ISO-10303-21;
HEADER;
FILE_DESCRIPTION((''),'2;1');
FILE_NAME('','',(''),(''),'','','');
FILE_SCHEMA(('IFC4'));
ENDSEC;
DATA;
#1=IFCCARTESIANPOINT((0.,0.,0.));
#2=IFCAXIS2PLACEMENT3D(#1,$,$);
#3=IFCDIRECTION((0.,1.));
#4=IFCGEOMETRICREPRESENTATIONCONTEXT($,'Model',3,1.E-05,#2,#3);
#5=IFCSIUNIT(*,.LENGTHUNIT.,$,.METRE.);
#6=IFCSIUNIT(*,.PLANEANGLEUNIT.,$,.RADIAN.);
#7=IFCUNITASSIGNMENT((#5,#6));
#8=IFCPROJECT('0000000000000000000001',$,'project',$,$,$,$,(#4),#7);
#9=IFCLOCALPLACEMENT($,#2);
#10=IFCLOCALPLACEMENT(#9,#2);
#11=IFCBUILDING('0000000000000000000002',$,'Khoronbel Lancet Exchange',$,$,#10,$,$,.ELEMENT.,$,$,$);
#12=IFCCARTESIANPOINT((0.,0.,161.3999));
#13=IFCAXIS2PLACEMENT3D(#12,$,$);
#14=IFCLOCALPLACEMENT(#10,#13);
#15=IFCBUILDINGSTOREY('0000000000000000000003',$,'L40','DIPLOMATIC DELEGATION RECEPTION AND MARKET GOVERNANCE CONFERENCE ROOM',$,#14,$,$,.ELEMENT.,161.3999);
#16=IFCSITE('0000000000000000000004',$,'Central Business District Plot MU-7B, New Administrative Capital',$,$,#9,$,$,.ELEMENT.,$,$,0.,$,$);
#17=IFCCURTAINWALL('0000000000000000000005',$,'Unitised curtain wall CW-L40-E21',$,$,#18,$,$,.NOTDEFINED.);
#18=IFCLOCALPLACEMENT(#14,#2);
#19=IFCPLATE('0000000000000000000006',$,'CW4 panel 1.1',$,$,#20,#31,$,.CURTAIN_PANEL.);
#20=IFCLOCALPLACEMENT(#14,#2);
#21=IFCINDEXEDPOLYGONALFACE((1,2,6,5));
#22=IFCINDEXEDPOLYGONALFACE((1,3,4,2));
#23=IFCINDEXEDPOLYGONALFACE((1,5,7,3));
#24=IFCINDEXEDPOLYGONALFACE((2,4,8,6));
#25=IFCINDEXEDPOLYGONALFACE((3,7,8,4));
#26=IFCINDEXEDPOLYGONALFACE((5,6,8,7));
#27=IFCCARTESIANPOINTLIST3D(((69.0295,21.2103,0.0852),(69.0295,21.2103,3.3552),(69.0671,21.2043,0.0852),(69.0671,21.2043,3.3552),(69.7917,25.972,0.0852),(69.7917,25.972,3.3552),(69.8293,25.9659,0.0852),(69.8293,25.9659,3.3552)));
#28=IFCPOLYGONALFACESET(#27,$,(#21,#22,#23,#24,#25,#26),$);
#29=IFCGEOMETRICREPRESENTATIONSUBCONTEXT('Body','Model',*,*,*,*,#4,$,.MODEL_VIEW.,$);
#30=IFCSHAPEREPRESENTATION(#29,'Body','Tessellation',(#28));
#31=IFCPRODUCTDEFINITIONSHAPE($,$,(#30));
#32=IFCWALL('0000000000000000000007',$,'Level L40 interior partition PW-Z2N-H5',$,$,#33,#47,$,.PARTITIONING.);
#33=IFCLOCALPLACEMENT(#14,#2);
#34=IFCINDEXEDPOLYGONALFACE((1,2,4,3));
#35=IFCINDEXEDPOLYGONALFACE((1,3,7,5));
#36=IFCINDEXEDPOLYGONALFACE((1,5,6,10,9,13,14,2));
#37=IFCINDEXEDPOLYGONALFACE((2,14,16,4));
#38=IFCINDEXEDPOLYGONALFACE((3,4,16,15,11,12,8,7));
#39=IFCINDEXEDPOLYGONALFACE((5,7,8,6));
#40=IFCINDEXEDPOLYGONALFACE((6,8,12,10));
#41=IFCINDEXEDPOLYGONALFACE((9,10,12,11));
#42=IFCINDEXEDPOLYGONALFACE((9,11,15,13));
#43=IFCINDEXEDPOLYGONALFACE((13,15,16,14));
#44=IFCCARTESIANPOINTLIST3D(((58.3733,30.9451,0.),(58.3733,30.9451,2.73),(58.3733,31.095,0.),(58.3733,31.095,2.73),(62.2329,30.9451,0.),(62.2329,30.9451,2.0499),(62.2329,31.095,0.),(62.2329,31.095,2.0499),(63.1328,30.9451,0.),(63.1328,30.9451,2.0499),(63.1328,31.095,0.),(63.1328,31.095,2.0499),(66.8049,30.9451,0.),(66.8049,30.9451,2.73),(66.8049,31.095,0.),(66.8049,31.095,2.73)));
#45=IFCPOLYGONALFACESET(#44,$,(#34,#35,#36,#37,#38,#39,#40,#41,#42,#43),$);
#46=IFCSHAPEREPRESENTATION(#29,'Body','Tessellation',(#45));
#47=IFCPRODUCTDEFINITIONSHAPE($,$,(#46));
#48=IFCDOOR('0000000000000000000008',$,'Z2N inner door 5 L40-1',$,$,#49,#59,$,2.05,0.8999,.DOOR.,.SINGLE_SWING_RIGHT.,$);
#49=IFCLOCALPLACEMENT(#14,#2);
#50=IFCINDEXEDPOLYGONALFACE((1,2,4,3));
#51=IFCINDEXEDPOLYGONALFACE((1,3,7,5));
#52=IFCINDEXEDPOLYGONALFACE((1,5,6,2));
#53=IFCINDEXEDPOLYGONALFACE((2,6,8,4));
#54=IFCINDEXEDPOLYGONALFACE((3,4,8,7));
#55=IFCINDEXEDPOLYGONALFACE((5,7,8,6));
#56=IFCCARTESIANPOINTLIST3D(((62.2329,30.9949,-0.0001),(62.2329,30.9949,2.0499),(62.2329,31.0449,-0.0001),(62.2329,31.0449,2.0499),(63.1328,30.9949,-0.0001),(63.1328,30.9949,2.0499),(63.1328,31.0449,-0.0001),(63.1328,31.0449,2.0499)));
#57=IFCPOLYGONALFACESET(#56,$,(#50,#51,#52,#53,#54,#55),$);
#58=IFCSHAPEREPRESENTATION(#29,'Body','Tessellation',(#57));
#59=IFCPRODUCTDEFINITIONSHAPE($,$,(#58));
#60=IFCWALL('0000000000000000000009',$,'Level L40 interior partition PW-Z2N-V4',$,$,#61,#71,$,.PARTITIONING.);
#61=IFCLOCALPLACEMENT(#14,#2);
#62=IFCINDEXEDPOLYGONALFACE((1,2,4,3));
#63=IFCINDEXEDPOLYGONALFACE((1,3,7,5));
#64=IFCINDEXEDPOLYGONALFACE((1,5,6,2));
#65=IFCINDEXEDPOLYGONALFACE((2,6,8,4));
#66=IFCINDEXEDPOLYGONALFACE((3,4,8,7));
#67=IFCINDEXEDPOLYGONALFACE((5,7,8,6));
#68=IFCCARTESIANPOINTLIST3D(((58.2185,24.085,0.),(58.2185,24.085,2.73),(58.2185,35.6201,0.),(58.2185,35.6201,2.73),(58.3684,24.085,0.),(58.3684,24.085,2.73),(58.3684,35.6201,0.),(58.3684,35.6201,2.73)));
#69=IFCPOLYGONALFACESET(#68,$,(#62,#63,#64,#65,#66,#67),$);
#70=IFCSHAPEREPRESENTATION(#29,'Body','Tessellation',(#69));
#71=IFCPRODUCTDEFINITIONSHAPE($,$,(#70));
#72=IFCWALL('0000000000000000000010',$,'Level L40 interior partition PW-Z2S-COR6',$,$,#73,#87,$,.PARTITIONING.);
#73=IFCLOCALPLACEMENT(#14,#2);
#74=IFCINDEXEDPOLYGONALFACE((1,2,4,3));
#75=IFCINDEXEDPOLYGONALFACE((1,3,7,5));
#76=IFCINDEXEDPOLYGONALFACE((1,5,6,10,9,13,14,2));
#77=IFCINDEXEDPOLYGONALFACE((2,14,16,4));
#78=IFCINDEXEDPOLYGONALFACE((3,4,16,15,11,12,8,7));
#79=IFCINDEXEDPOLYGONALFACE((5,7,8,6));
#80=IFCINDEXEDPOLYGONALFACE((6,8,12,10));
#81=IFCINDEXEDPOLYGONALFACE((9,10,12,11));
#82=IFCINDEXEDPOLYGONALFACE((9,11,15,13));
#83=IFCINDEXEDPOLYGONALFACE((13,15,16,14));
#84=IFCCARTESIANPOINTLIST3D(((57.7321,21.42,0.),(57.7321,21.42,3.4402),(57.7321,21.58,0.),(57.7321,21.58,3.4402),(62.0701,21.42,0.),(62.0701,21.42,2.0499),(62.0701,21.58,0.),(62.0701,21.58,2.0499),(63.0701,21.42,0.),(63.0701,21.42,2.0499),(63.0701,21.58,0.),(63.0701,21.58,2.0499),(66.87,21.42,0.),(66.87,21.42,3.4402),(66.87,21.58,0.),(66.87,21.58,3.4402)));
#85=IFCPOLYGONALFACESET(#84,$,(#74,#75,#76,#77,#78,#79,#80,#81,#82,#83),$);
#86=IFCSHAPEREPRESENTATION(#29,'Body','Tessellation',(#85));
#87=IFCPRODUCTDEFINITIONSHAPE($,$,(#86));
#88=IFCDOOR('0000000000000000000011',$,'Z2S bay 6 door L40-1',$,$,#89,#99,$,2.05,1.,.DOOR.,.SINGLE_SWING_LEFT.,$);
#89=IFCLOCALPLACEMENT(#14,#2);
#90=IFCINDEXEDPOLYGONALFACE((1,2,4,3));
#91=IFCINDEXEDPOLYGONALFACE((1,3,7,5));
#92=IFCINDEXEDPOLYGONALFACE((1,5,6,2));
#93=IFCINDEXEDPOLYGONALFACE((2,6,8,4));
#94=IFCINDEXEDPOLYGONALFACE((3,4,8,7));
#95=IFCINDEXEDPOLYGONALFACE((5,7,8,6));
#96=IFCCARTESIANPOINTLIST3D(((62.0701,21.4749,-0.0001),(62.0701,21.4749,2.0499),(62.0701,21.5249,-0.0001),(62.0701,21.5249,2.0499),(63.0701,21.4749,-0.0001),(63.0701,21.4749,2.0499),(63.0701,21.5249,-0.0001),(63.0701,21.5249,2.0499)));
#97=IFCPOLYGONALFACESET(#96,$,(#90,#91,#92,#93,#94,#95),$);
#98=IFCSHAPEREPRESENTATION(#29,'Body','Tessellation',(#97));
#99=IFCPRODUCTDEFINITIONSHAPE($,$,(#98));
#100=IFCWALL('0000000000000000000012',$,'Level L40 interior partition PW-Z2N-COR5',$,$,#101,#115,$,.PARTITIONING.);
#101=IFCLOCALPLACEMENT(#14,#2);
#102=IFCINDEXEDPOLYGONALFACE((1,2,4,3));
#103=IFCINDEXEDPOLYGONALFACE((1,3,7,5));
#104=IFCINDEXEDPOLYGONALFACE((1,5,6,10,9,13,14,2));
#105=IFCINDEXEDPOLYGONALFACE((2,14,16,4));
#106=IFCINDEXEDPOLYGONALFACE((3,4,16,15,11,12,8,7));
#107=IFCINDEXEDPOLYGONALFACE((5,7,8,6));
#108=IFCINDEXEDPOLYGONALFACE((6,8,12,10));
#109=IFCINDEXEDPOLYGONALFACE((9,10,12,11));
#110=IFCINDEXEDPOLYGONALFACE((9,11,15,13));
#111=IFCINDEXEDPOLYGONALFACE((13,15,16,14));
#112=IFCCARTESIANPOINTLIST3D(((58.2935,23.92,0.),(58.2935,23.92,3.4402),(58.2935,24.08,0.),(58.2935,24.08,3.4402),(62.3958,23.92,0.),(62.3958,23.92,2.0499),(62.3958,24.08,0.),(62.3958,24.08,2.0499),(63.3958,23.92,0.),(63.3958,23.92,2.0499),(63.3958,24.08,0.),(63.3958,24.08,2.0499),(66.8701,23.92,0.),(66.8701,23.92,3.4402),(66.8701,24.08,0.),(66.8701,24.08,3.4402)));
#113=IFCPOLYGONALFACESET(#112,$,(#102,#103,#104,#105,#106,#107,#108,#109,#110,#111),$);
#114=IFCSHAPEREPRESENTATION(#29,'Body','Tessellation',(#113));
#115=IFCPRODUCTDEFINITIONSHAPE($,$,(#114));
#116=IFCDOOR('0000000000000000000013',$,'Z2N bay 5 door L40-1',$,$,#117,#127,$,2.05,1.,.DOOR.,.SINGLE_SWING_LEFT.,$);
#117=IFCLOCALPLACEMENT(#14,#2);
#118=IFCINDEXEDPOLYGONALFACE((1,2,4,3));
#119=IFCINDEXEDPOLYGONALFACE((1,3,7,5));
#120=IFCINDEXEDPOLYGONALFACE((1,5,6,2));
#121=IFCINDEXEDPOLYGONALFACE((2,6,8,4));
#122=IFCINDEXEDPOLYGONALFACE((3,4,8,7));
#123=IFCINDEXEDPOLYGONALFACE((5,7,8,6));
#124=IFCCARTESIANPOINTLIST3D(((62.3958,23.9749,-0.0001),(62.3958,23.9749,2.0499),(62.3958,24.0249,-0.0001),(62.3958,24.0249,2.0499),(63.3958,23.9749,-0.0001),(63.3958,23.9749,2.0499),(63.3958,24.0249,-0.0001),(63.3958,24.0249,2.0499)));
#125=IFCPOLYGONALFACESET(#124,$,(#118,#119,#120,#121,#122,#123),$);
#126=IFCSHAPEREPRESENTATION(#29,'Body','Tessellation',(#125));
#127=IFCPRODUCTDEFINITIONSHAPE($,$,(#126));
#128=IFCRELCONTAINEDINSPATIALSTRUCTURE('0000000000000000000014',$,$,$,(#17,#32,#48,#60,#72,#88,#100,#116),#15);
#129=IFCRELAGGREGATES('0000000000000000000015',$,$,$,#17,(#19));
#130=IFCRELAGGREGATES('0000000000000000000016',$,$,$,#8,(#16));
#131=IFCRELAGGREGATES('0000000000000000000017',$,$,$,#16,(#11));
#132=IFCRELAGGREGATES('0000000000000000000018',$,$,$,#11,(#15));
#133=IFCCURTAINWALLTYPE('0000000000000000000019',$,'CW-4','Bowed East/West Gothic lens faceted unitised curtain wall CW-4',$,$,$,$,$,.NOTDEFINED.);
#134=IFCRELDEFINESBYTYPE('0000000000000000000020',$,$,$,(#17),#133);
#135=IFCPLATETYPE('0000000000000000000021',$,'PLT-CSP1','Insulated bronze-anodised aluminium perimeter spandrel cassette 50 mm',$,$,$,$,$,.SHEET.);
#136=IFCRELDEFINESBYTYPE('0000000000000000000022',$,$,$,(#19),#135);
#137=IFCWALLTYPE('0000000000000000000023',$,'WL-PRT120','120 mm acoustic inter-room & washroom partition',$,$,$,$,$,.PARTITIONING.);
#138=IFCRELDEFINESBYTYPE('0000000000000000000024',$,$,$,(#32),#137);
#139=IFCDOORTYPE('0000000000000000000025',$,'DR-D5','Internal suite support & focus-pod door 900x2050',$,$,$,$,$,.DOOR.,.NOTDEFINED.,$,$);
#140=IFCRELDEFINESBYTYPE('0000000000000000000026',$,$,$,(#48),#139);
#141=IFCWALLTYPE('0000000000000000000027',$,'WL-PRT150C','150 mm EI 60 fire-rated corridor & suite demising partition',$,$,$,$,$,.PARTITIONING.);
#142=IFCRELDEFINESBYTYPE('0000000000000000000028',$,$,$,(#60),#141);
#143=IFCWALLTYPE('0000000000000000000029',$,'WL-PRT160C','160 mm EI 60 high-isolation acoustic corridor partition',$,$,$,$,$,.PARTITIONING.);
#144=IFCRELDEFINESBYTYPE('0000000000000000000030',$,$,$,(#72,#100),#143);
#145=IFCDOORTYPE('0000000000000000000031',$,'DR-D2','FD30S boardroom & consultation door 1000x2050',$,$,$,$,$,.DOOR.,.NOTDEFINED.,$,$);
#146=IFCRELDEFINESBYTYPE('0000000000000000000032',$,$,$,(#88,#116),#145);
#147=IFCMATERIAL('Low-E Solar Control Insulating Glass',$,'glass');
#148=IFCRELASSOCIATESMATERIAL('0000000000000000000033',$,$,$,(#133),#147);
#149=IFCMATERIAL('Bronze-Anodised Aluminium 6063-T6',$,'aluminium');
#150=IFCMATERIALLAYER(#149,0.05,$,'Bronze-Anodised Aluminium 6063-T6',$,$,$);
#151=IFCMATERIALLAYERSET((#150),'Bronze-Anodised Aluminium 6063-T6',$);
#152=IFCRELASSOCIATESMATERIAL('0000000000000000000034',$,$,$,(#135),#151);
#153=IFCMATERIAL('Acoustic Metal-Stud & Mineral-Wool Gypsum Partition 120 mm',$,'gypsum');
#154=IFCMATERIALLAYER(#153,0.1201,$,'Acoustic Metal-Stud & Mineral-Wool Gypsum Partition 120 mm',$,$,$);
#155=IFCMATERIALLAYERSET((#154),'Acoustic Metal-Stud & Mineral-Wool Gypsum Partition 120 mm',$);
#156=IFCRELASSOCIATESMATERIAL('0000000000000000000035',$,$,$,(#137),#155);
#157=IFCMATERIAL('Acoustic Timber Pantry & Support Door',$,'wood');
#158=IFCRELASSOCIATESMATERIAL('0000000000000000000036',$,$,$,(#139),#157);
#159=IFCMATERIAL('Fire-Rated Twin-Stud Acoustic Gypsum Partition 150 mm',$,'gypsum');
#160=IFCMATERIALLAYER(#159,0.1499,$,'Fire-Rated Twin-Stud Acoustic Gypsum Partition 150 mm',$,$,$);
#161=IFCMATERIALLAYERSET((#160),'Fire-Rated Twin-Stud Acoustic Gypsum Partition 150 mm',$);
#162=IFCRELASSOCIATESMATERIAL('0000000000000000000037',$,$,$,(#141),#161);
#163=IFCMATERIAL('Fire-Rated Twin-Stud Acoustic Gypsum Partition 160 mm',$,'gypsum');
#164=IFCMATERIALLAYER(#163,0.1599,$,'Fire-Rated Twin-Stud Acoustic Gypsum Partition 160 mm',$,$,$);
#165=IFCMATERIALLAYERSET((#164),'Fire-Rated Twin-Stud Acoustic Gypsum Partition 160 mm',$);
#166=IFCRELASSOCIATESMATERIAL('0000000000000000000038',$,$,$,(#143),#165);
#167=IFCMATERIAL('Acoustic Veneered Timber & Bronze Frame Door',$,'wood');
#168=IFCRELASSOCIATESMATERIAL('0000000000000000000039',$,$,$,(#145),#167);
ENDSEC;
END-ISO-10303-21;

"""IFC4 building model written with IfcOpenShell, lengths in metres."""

from ifc_helpers import new_model, si_unit, direction, frame, frame_2d, origin, origin_2d, place, context, subcontext, project, spatial, rectangle, extrude, material, layer, layer_set, type_object, element, fill, aggregate, save


model = new_model("IFC4")

# Units and contexts
model_context = context("Model", 3, precision=1e-05, world=origin(), true_north=direction((0.0, 1.0)))
body_context = subcontext(model_context, "Body", "Model", "MODEL_VIEW")
ifc_project = project(units=[si_unit("LENGTHUNIT", "METRE"), si_unit("PLANEANGLEUNIT", "RADIAN")], contexts=[model_context])

# Site, building, storey
site_placement = place(None, origin())
site = spatial("IfcSite", under=ifc_project, at=site_placement, Name="Central Business District Plot MU-7B, New Administrative Capital", CompositionType="ELEMENT", RefElevation=0.0)
building_placement = place(site_placement, origin())
building = spatial("IfcBuilding", under=site, at=building_placement, Name="Khoronbel Lancet Exchange", CompositionType="ELEMENT")
storey_placement = place(building_placement, frame((0.0, 0.0, 161.3999)))
storey = spatial("IfcBuildingStorey", under=building, at=storey_placement, Name="L40", Description="DIPLOMATIC DELEGATION RECEPTION AND MARKET GOVERNANCE CONFERENCE ROOM", CompositionType="ELEMENT", Elevation=161.3999)

# Shared definitions
ifc_material_1 = material(Name="Low-E Solar Control Insulating Glass", Category="glass")
curtain_wall_type = type_object("IfcCurtainWallType", Name="CW-4", Description="Bowed East/West Gothic lens faceted unitised curtain wall CW-4", PredefinedType="NOTDEFINED", material=ifc_material_1)
ifc_material_2 = material(Name="Bronze-Anodised Aluminium 6063-T6", Category="aluminium")

# Curtain wall
curtain_wall_1_placement = place(storey_placement, origin())
curtain_wall_1 = element("IfcCurtainWall", 1, at=curtain_wall_1_placement, inside=storey, type_object=curtain_wall_type, Name="Unitised curtain wall CW-L40-E21", PredefinedType="NOTDEFINED")

# Plate
ifc_layer_1 = layer(ifc_material_2, 0.05, Name="Bronze-Anodised Aluminium 6063-T6")
ifc_layer_set_1 = layer_set([ifc_layer_1], Name="Bronze-Anodised Aluminium 6063-T6")
plate_type = type_object("IfcPlateType", Name="PLT-CSP1", Description="Insulated bronze-anodised aluminium perimeter spandrel cassette 50 mm", PredefinedType="SHEET", material=ifc_layer_set_1)
plate_1_placement = place(storey_placement, frame((69.4294, 23.5881, 0.0852), z_axis=(0.0, 0.0, 1.0), x_axis=(-0.158059, -0.98743, 0.0)))
plate_1 = element("IfcPlate", 2, at=plate_1_placement, type_object=plate_type, Name="CW4 panel 1.1", PredefinedType="CURTAIN_PANEL", context=body_context, shape_type="SweptSolid", body=[
    extrude(rectangle(XDim=4.8223, YDim=0.0381, at=origin_2d()), origin(), (0.0, 0.0, 1.0), 3.27),
])
aggregate(curtain_wall_1, [plate_1])

# Wall, opening, door
ifc_material_3 = material(Name="Acoustic Metal-Stud & Mineral-Wool Gypsum Partition 120 mm", Category="gypsum")
ifc_layer_2 = layer(ifc_material_3, 0.1201, Name="Acoustic Metal-Stud & Mineral-Wool Gypsum Partition 120 mm")
ifc_layer_set_2 = layer_set([ifc_layer_2], Name="Acoustic Metal-Stud & Mineral-Wool Gypsum Partition 120 mm")
wall_type_1 = type_object("IfcWallType", Name="WL-PRT120", Description="120 mm acoustic inter-room & washroom partition", PredefinedType="PARTITIONING", material=ifc_layer_set_2)
wall_1_placement = place(storey_placement, frame((58.3733, 31.02, 0.0), z_axis=(0.0, 0.0, 1.0), x_axis=(1.0, 0.0, 0.0)))
wall_1 = element("IfcWall", 3, at=wall_1_placement, inside=storey, type_object=wall_type_1, Name="Level L40 interior partition PW-Z2N-H5", PredefinedType="PARTITIONING", context=body_context, shape_type="SweptSolid", body=[
    extrude(rectangle(XDim=8.4316, YDim=0.1499, at=frame_2d((4.2158, 0.0))), origin(), (0.0, 0.0, 1.0), 2.73),
])
opening_1_placement = place(wall_1_placement, frame((3.8596, 0.0, 0.0)))
opening_1 = element("IfcOpeningElement", 4, at=opening_1_placement, cuts=wall_1, PredefinedType="OPENING", context=body_context, shape_type="SweptSolid", body=[
    extrude(rectangle(XDim=0.8999, YDim=2.05, at=frame_2d((0.45, 1.0249))), frame((0.0, 0.085, 0.0), z_axis=(0.0, -1.0, 0.0), x_axis=(1.0, 0.0, 0.0)), (0.0, 0.0, 1.0), 0.1699),
])
ifc_material_4 = material(Name="Acoustic Timber Pantry & Support Door", Category="wood")
door_type_1 = type_object("IfcDoorType", Name="DR-D5", Description="Internal suite support & focus-pod door 900x2050", OperationType="NOTDEFINED", PredefinedType="DOOR", material=ifc_material_4)
door_1_placement = place(opening_1_placement, origin())
door_1 = element("IfcDoor", 5, at=door_1_placement, inside=storey, type_object=door_type_1, Name="Z2N inner door 5 L40-1", OperationType="SINGLE_SWING_RIGHT", OverallHeight=2.05, OverallWidth=0.8999, PredefinedType="DOOR", context=body_context, shape_type="SweptSolid", body=[
    extrude(rectangle(XDim=0.8999, YDim=2.05, at=frame_2d((0.45, 1.0249))), frame((0.0, 0.0249, 0.0), z_axis=(0.0, -1.0, 0.0), x_axis=(1.0, 0.0, 0.0)), (0.0, 0.0, 1.0), 0.05),
])
fill(opening_1, door_1)

# Wall
ifc_material_5 = material(Name="Fire-Rated Twin-Stud Acoustic Gypsum Partition 150 mm", Category="gypsum")
ifc_layer_3 = layer(ifc_material_5, 0.1499, Name="Fire-Rated Twin-Stud Acoustic Gypsum Partition 150 mm")
ifc_layer_set_3 = layer_set([ifc_layer_3], Name="Fire-Rated Twin-Stud Acoustic Gypsum Partition 150 mm")
wall_type_2 = type_object("IfcWallType", Name="WL-PRT150C", Description="150 mm EI 60 fire-rated corridor & suite demising partition", PredefinedType="PARTITIONING", material=ifc_layer_set_3)
wall_2_placement = place(storey_placement, frame((58.2935, 24.085, 0.0), z_axis=(0.0, 0.0, 1.0), x_axis=(0.0, 1.0, 0.0)))
element("IfcWall", 6, at=wall_2_placement, inside=storey, type_object=wall_type_2, Name="Level L40 interior partition PW-Z2N-V4", PredefinedType="PARTITIONING", context=body_context, shape_type="SweptSolid", body=[
    extrude(rectangle(XDim=11.5352, YDim=0.1499, at=frame_2d((5.7676, 0.0))), origin(), (0.0, 0.0, 1.0), 2.73),
])

# Walls, openings, doors
ifc_material_6 = material(Name="Fire-Rated Twin-Stud Acoustic Gypsum Partition 160 mm", Category="gypsum")
ifc_layer_4 = layer(ifc_material_6, 0.1599, Name="Fire-Rated Twin-Stud Acoustic Gypsum Partition 160 mm")
ifc_layer_set_4 = layer_set([ifc_layer_4], Name="Fire-Rated Twin-Stud Acoustic Gypsum Partition 160 mm")
wall_type_3 = type_object("IfcWallType", Name="WL-PRT160C", Description="160 mm EI 60 high-isolation acoustic corridor partition", PredefinedType="PARTITIONING", material=ifc_layer_set_4)
wall_3_placement = place(storey_placement, frame((57.7322, 21.5, 0.0), z_axis=(0.0, 0.0, 1.0), x_axis=(1.0, 0.0, 0.0)))
wall_3 = element("IfcWall", 7, at=wall_3_placement, inside=storey, type_object=wall_type_3, Name="Level L40 interior partition PW-Z2S-COR6", PredefinedType="PARTITIONING", context=body_context, shape_type="SweptSolid", body=[
    extrude(rectangle(XDim=9.1379, YDim=0.1599, at=frame_2d((4.5688, 0.0))), origin(), (0.0, 0.0, 1.0), 3.4402),
])
opening_2_placement = place(wall_3_placement, frame((4.3379, 0.0, 0.0)))
opening_2 = element("IfcOpeningElement", 8, at=opening_2_placement, cuts=wall_3, PredefinedType="OPENING", context=body_context, shape_type="SweptSolid", body=[
    extrude(rectangle(XDim=1.0, YDim=2.05, at=frame_2d((0.5, 1.0249))), frame((0.0, 0.0898, 0.0), z_axis=(0.0, -1.0, 0.0), x_axis=(1.0, 0.0, 0.0)), (0.0, 0.0, 1.0), 0.1799),
])
ifc_material_7 = material(Name="Acoustic Veneered Timber & Bronze Frame Door", Category="wood")
door_type_2 = type_object("IfcDoorType", Name="DR-D2", Description="FD30S boardroom & consultation door 1000x2050", OperationType="NOTDEFINED", PredefinedType="DOOR", material=ifc_material_7)
door_2_placement = place(opening_2_placement, origin())
door_2 = element("IfcDoor", 9, at=door_2_placement, inside=storey, type_object=door_type_2, Name="Z2S bay 6 door L40-1", OperationType="SINGLE_SWING_LEFT", OverallHeight=2.05, OverallWidth=1.0, PredefinedType="DOOR", context=body_context, shape_type="SweptSolid", body=[
    extrude(rectangle(XDim=1.0, YDim=2.05, at=frame_2d((0.5, 1.0249))), frame((0.0, 0.0249, 0.0), z_axis=(0.0, -1.0, 0.0), x_axis=(1.0, 0.0, 0.0)), (0.0, 0.0, 1.0), 0.05),
])
fill(opening_2, door_2)
wall_4_placement = place(storey_placement, frame((58.2935, 24.0, 0.0), z_axis=(0.0, 0.0, 1.0), x_axis=(1.0, 0.0, 0.0)))
wall_4 = element("IfcWall", 10, at=wall_4_placement, inside=storey, type_object=wall_type_3, Name="Level L40 interior partition PW-Z2N-COR5", PredefinedType="PARTITIONING", context=body_context, shape_type="SweptSolid", body=[
    extrude(rectangle(XDim=8.5767, YDim=0.1599, at=frame_2d((4.2883, 0.0))), origin(), (0.0, 0.0, 1.0), 3.4402),
])
opening_3_placement = place(wall_4_placement, frame((4.1023, 0.0, 0.0)))
opening_3 = element("IfcOpeningElement", 11, at=opening_3_placement, cuts=wall_4, PredefinedType="OPENING", context=body_context, shape_type="SweptSolid", body=[
    extrude(rectangle(XDim=1.0, YDim=2.05, at=frame_2d((0.5, 1.0249))), frame((0.0, 0.0898, 0.0), z_axis=(0.0, -1.0, 0.0), x_axis=(1.0, 0.0, 0.0)), (0.0, 0.0, 1.0), 0.1799),
])
door_3_placement = place(opening_3_placement, origin())
door_3 = element("IfcDoor", 12, at=door_3_placement, inside=storey, type_object=door_type_2, Name="Z2N bay 5 door L40-1", OperationType="SINGLE_SWING_LEFT", OverallHeight=2.05, OverallWidth=1.0, PredefinedType="DOOR", context=body_context, shape_type="SweptSolid", body=[
    extrude(rectangle(XDim=1.0, YDim=2.05, at=frame_2d((0.5, 1.0249))), frame((0.0, 0.0249, 0.0), z_axis=(0.0, -1.0, 0.0), x_axis=(1.0, 0.0, 0.0)), (0.0, 0.0, 1.0), 0.05),
])
fill(opening_3, door_3)

save(model, "model.ifc")
